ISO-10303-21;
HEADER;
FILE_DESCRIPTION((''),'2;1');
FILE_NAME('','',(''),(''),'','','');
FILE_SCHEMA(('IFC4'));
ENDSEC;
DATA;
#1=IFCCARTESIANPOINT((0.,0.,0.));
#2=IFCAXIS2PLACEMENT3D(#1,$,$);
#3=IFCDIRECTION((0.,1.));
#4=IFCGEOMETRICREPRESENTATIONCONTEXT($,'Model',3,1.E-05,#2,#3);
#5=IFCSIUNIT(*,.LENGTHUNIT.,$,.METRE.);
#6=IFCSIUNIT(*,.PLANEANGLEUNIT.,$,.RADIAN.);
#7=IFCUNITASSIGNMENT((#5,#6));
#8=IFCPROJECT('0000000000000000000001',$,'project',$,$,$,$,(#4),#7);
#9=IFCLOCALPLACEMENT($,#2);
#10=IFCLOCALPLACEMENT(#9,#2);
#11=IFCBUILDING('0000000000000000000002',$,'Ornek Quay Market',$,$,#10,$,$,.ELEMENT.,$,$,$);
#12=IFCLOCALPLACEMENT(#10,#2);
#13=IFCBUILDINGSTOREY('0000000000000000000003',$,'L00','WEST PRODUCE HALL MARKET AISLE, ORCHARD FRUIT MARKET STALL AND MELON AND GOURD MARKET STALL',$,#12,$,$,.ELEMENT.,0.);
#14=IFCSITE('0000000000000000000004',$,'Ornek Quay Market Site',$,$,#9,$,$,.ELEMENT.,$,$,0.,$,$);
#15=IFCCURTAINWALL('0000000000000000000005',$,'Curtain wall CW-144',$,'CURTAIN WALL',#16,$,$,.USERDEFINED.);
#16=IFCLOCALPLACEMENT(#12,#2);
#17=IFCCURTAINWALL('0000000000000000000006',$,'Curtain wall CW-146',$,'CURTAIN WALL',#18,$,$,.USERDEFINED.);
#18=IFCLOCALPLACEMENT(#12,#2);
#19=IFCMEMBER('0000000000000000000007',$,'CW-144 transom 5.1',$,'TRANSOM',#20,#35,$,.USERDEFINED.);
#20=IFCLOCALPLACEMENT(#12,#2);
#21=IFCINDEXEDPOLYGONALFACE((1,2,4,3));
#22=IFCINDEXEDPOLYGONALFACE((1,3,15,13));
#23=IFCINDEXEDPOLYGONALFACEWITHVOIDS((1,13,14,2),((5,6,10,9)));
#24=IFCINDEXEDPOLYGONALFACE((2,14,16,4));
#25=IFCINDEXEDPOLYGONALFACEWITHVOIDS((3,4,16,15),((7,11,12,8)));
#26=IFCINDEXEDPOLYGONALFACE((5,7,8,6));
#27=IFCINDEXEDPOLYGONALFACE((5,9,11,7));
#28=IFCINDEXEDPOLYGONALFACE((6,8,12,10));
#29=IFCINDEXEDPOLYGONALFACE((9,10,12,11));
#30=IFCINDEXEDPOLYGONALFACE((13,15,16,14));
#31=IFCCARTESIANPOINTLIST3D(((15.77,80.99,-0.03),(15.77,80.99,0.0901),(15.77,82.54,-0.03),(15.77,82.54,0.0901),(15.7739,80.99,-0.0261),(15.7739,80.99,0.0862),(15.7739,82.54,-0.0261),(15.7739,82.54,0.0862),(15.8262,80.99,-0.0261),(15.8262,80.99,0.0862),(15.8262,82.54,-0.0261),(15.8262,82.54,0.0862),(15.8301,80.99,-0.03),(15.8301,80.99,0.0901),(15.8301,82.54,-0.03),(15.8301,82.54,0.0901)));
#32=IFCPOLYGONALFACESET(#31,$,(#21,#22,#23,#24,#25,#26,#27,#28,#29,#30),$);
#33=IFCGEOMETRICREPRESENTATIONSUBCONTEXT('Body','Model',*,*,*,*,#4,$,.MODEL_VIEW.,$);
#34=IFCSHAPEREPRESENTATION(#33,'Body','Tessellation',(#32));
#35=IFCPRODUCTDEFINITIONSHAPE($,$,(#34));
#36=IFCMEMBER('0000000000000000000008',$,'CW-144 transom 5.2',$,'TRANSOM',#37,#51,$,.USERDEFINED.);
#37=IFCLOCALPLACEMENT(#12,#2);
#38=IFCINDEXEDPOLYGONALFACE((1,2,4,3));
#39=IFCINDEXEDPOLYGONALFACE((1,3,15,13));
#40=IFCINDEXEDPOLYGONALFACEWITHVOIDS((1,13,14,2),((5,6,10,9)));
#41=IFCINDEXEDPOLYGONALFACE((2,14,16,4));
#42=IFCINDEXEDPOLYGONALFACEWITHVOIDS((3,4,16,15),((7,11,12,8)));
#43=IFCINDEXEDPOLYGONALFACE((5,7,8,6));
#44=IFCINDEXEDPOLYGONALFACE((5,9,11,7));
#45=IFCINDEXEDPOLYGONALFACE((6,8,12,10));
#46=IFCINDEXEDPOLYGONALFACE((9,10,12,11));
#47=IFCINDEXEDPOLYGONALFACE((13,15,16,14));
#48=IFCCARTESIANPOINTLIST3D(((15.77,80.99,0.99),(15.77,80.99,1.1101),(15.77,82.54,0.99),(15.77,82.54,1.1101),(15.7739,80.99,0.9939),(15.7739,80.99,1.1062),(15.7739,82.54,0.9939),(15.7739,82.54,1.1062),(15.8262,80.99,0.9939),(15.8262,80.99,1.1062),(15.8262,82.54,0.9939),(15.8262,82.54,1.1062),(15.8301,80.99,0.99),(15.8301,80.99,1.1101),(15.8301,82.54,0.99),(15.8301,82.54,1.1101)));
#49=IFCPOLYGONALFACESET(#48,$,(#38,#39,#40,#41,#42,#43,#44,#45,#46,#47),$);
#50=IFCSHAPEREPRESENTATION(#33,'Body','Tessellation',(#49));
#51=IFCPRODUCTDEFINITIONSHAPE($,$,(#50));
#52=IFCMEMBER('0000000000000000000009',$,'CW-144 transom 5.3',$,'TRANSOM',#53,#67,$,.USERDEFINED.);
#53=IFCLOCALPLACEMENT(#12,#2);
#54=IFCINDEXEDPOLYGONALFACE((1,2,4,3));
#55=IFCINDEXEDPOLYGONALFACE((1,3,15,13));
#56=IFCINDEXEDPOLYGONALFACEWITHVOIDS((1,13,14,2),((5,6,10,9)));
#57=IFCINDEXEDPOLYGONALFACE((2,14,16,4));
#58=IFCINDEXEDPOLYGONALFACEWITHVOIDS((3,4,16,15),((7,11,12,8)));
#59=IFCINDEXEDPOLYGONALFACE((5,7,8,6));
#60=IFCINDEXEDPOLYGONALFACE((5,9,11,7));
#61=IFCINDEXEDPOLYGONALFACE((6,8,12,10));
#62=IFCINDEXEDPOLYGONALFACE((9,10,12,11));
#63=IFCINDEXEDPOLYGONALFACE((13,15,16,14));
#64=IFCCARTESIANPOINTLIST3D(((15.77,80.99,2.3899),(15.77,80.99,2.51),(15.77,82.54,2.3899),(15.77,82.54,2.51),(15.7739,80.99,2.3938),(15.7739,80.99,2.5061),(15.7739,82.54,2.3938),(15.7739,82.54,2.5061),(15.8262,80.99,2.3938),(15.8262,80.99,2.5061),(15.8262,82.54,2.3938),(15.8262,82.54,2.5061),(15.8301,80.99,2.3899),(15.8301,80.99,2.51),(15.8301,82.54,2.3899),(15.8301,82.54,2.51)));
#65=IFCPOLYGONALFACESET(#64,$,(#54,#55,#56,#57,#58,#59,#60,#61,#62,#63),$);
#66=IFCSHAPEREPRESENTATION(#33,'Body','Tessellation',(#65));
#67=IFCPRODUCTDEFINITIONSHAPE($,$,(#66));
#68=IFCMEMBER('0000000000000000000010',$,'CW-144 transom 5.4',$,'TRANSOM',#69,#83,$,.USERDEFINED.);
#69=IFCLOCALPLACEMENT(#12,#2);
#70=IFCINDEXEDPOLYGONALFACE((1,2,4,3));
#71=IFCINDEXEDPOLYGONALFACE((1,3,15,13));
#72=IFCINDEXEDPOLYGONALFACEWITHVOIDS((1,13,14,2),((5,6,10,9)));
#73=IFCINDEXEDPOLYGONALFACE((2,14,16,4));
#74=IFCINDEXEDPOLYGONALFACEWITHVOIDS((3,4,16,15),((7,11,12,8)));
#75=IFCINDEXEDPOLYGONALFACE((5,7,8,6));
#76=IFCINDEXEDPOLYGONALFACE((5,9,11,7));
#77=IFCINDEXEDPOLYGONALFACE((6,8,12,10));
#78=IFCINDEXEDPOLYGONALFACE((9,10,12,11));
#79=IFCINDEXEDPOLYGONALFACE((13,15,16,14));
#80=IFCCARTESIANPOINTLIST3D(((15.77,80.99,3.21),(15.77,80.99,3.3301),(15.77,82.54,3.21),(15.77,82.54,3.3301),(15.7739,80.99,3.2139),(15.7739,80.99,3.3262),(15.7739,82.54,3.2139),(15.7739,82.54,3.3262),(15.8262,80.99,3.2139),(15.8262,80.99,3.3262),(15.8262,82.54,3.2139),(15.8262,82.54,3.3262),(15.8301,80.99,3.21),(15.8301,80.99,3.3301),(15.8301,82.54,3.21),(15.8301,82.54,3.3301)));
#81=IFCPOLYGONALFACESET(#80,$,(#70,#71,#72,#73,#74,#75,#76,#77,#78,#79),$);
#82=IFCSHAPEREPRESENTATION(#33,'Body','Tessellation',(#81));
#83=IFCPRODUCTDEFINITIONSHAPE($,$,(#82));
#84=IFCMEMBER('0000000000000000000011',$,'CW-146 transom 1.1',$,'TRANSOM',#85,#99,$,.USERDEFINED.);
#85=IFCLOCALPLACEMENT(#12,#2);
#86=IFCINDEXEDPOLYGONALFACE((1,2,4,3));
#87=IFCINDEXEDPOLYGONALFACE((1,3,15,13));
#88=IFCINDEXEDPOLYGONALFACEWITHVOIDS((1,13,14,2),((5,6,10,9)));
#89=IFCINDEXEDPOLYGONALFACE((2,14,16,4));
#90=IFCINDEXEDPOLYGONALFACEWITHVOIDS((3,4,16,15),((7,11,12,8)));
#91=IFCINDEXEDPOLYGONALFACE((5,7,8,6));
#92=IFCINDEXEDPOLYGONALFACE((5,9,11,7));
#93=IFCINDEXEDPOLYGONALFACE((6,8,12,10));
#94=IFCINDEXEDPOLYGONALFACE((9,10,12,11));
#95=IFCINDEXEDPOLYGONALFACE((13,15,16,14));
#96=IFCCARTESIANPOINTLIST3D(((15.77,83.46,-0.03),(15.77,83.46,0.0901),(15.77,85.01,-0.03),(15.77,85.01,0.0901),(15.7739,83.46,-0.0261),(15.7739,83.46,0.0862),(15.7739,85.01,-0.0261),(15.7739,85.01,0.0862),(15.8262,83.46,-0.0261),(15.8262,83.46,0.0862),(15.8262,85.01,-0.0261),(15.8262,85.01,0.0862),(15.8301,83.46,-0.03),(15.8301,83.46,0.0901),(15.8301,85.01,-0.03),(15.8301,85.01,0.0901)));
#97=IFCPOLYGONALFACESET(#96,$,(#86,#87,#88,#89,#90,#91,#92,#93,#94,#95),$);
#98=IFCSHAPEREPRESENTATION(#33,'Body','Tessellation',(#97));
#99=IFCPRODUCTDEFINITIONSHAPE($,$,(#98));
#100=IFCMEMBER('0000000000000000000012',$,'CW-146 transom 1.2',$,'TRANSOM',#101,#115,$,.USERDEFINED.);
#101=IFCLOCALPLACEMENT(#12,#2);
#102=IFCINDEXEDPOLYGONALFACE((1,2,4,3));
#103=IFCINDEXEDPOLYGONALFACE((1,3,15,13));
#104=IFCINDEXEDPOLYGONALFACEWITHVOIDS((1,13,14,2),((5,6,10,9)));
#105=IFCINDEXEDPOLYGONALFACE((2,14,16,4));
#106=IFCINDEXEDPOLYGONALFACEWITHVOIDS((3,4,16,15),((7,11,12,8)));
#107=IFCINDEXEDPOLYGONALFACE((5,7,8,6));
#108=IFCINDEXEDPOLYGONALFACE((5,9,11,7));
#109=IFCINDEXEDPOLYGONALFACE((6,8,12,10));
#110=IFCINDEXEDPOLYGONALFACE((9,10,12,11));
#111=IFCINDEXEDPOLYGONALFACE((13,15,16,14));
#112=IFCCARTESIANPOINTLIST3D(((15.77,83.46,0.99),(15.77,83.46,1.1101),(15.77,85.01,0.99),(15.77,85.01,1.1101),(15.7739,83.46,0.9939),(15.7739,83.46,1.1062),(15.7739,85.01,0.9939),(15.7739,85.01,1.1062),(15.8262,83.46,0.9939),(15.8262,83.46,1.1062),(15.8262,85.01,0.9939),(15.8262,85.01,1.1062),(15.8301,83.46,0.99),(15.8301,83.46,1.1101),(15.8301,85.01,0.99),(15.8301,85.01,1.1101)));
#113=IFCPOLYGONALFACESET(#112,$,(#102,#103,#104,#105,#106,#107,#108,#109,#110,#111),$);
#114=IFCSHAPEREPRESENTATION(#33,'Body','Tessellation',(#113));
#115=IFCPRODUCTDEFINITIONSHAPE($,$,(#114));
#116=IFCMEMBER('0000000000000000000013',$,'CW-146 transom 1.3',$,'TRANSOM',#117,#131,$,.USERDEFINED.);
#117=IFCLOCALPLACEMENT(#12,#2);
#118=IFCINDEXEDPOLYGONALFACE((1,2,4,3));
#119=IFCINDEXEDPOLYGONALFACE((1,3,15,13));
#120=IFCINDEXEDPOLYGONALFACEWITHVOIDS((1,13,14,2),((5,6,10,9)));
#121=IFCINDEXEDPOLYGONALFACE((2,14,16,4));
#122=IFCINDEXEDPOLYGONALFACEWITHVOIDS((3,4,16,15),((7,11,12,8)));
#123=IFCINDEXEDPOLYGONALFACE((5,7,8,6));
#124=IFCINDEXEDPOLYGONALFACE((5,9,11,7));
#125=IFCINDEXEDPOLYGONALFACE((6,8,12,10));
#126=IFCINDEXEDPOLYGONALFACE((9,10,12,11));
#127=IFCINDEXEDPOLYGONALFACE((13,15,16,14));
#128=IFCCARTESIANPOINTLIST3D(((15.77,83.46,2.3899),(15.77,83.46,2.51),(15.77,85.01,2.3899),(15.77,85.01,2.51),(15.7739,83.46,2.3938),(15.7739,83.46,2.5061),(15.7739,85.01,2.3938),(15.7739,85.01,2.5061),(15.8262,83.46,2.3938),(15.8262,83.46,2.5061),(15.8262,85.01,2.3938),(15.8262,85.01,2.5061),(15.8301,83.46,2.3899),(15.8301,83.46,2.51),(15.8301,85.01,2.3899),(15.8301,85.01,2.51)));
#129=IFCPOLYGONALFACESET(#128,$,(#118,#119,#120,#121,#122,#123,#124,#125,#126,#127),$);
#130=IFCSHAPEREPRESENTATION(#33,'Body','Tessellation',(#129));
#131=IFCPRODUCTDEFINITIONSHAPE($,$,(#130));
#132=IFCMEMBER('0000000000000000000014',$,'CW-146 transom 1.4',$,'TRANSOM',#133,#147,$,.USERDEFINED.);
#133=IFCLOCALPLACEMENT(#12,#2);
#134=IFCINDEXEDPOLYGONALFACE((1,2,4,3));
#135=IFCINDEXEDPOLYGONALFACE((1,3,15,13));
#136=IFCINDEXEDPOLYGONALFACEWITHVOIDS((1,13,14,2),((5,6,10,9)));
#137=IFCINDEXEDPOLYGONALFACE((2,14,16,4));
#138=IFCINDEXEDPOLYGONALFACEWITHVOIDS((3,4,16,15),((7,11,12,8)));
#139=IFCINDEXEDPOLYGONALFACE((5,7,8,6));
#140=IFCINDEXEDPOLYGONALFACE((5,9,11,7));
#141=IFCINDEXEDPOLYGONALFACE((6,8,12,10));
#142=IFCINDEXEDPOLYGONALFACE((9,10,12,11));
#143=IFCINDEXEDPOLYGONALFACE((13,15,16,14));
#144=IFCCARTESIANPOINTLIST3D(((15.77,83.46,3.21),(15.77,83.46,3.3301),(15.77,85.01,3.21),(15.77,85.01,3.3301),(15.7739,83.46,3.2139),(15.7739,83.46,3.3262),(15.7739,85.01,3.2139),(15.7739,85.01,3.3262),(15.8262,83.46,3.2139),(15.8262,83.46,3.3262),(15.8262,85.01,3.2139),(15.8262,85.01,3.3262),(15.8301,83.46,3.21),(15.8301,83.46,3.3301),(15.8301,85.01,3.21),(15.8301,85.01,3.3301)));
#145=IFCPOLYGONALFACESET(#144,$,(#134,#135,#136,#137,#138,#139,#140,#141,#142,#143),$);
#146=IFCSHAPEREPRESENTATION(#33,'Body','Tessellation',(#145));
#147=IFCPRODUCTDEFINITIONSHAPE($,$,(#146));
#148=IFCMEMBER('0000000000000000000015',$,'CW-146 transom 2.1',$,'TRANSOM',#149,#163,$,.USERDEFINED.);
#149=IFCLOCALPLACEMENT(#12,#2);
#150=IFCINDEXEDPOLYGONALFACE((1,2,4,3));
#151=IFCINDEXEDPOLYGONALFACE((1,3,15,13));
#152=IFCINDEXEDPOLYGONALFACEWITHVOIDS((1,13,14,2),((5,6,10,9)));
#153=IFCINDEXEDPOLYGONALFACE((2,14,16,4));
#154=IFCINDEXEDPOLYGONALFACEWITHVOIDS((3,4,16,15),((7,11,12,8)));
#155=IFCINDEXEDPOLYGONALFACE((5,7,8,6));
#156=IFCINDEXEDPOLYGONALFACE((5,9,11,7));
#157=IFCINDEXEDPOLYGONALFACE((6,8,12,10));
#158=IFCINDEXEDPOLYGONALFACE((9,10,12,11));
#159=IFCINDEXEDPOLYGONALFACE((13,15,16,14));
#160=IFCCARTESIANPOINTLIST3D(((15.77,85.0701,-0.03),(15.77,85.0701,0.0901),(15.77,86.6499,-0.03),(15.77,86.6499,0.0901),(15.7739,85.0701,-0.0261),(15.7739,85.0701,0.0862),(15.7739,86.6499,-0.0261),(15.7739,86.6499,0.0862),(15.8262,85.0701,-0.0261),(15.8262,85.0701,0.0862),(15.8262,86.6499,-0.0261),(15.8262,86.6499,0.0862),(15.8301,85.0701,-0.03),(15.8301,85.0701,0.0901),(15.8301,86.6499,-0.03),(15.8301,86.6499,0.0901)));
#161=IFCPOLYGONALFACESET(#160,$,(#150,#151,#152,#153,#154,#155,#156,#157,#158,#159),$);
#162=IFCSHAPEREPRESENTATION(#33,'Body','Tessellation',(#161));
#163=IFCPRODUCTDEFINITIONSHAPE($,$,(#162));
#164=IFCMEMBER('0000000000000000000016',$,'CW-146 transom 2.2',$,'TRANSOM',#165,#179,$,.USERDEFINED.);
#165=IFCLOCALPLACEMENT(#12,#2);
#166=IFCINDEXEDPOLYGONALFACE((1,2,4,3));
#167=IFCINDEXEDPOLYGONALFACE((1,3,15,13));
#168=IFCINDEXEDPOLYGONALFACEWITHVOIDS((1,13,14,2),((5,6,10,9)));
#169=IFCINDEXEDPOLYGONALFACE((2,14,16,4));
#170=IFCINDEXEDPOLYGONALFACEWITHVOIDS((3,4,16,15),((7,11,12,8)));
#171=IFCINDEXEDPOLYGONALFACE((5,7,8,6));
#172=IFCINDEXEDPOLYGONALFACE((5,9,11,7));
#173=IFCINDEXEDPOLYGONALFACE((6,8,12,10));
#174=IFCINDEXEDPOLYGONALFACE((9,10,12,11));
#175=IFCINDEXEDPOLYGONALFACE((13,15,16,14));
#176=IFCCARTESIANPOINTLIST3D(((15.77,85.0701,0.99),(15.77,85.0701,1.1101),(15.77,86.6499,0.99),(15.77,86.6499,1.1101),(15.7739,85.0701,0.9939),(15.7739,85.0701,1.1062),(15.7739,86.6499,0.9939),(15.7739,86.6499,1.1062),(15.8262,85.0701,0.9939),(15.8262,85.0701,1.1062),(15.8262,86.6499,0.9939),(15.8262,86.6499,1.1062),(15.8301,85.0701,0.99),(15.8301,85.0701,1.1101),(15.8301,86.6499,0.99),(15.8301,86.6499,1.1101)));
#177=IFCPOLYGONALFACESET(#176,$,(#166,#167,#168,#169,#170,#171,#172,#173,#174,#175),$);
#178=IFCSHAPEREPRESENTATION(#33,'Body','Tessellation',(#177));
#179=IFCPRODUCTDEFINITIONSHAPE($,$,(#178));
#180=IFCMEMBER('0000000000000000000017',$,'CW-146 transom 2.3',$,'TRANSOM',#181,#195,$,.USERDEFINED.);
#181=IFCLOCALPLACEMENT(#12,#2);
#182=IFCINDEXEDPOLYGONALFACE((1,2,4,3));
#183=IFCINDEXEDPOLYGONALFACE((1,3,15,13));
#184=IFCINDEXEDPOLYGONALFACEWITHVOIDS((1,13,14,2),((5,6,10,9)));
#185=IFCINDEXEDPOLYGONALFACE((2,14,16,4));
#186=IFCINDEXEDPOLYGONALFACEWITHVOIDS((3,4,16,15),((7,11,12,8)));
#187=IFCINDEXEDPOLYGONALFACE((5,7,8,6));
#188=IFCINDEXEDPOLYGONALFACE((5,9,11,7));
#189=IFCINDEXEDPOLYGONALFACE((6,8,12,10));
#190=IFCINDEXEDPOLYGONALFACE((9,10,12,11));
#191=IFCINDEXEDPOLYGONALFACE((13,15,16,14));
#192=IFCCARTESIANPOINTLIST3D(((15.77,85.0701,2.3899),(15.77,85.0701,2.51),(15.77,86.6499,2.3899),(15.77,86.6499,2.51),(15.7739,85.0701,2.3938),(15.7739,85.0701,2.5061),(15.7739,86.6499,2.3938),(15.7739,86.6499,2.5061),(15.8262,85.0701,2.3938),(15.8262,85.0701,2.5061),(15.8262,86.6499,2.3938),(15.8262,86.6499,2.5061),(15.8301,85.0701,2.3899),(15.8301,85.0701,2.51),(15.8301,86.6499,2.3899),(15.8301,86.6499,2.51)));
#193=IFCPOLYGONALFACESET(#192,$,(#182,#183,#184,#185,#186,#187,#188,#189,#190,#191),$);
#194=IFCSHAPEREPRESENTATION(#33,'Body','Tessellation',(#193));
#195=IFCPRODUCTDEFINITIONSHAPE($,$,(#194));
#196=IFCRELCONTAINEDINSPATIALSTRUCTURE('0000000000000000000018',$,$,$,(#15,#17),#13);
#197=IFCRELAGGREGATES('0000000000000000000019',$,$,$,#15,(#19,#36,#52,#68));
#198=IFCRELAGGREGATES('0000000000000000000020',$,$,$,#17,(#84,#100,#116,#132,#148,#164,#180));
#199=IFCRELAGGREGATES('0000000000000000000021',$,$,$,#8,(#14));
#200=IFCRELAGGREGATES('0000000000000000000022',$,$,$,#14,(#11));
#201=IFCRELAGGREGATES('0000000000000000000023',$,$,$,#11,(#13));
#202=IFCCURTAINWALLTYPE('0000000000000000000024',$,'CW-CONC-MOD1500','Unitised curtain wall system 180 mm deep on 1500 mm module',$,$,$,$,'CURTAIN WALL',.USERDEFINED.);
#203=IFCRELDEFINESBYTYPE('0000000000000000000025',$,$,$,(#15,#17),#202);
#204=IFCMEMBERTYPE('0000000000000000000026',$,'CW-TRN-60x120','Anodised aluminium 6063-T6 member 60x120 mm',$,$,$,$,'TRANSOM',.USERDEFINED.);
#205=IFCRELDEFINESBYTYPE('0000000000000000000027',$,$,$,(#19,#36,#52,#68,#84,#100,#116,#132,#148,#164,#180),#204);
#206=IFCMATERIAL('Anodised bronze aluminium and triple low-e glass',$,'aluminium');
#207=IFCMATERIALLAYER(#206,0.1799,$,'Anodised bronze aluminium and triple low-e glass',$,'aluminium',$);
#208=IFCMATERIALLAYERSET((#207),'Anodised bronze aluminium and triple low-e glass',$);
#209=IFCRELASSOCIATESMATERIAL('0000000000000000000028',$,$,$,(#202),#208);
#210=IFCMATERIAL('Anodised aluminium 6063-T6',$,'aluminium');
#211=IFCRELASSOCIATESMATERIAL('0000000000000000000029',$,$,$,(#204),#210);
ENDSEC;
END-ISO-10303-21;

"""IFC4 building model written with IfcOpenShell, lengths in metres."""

from ifc_helpers import new_model, si_unit, direction, frame, origin, origin_2d, place, context, subcontext, project, spatial, hollow_rectangle, extrude, material, layer, layer_set, material_profile, profile_set, type_object, element, aggregate, save


model = new_model("IFC4")

# Units and contexts
model_context = context("Model", 3, precision=1e-05, world=origin(), true_north=direction((0.0, 1.0)))
body_context = subcontext(model_context, "Body", "Model", "MODEL_VIEW")
ifc_project = project(units=[si_unit("LENGTHUNIT", "METRE"), si_unit("PLANEANGLEUNIT", "RADIAN")], contexts=[model_context])

# Site, building, storey
site_placement = place(None, origin())
site = spatial("IfcSite", under=ifc_project, at=site_placement, Name="Ornek Quay Market Site", CompositionType="ELEMENT", RefElevation=0.0)
building_placement = place(site_placement, origin())
building = spatial("IfcBuilding", under=site, at=building_placement, Name="Ornek Quay Market", CompositionType="ELEMENT")
storey_placement = place(building_placement, origin())
storey = spatial("IfcBuildingStorey", under=building, at=storey_placement, Name="L00", Description="WEST PRODUCE HALL MARKET AISLE, ORCHARD FRUIT MARKET STALL AND MELON AND GOURD MARKET STALL", CompositionType="ELEMENT", Elevation=0.0)

# Curtain walls
ifc_material_1 = material(Name="Anodised bronze aluminium and triple low-e glass", Category="aluminium")
ifc_layer_1 = layer(ifc_material_1, 0.1799, Name="Anodised bronze aluminium and triple low-e glass", Category="aluminium")
ifc_layer_set_1 = layer_set([ifc_layer_1], Name="Anodised bronze aluminium and triple low-e glass")
curtain_wall_type = type_object("IfcCurtainWallType", Name="CW-CONC-MOD1500", Description="Unitised curtain wall system 180 mm deep on 1500 mm module", ElementType="CURTAIN WALL", PredefinedType="USERDEFINED", material=ifc_layer_set_1)
curtain_wall_1_placement = place(storey_placement, origin())
curtain_wall_1 = element("IfcCurtainWall", 1, at=curtain_wall_1_placement, inside=storey, type_object=curtain_wall_type, Name="Curtain wall CW-144", ObjectType="CURTAIN WALL", PredefinedType="USERDEFINED")
ifc_material_2 = material(Name="Anodised aluminium 6063-T6", Category="aluminium")
curtain_wall_2_placement = place(storey_placement, origin())
curtain_wall_2 = element("IfcCurtainWall", 2, at=curtain_wall_2_placement, inside=storey, type_object=curtain_wall_type, Name="Curtain wall CW-146", ObjectType="CURTAIN WALL", PredefinedType="USERDEFINED")

# Members
ifc_material_profile_1 = material_profile(ifc_material_2, hollow_rectangle(XDim=0.0601, YDim=0.1201, WallThickness=0.0039, at=origin_2d()), Name="CW-TRN-60x120", Category="aluminium")
ifc_profile_set_1 = profile_set([ifc_material_profile_1], Name="Anodised aluminium 6063-T6")
member_type_1 = type_object("IfcMemberType", Name="CW-TRN-60x120", Description="Anodised aluminium 6063-T6 member 60x120 mm", ElementType="TRANSOM", PredefinedType="USERDEFINED", material=ifc_profile_set_1)
member_1_placement = place(storey_placement, frame((15.8, 80.99, 0.03), z_axis=(0.0, 1.0, 0.0), x_axis=(-1.0, 0.0, 0.0)))
member_1 = element("IfcMember", 3, at=member_1_placement, type_object=member_type_1, Name="CW-144 transom 5.1", ObjectType="TRANSOM", PredefinedType="USERDEFINED", context=body_context, shape_type="SweptSolid", body=[
    extrude(hollow_rectangle(XDim=0.0601, YDim=0.1201, WallThickness=0.0039, at=origin_2d()), origin(), (0.0, 0.0, 1.0), 1.55),
])
member_2_placement = place(storey_placement, frame((15.8, 80.99, 1.05), z_axis=(0.0, 1.0, 0.0), x_axis=(-1.0, 0.0, 0.0)))
member_2 = element("IfcMember", 4, at=member_2_placement, type_object=member_type_1, Name="CW-144 transom 5.2", ObjectType="TRANSOM", PredefinedType="USERDEFINED", context=body_context, shape_type="SweptSolid", body=[
    extrude(hollow_rectangle(XDim=0.0601, YDim=0.1201, WallThickness=0.0039, at=origin_2d()), origin(), (0.0, 0.0, 1.0), 1.55),
])
member_3_placement = place(storey_placement, frame((15.8, 80.99, 2.45), z_axis=(0.0, 1.0, 0.0), x_axis=(-1.0, 0.0, 0.0)))
member_3 = element("IfcMember", 5, at=member_3_placement, type_object=member_type_1, Name="CW-144 transom 5.3", ObjectType="TRANSOM", PredefinedType="USERDEFINED", context=body_context, shape_type="SweptSolid", body=[
    extrude(hollow_rectangle(XDim=0.0601, YDim=0.1201, WallThickness=0.0039, at=origin_2d()), origin(), (0.0, 0.0, 1.0), 1.55),
])
member_4_placement = place(storey_placement, frame((15.8, 80.99, 3.27), z_axis=(0.0, 1.0, 0.0), x_axis=(-1.0, 0.0, 0.0)))
member_4 = element("IfcMember", 6, at=member_4_placement, type_object=member_type_1, Name="CW-144 transom 5.4", ObjectType="TRANSOM", PredefinedType="USERDEFINED", context=body_context, shape_type="SweptSolid", body=[
    extrude(hollow_rectangle(XDim=0.0601, YDim=0.1201, WallThickness=0.0039, at=origin_2d()), origin(), (0.0, 0.0, 1.0), 1.55),
])
member_5_placement = place(storey_placement, frame((15.8, 83.46, 0.03), z_axis=(0.0, 1.0, 0.0), x_axis=(-1.0, 0.0, 0.0)))
member_5 = element("IfcMember", 7, at=member_5_placement, type_object=member_type_1, Name="CW-146 transom 1.1", ObjectType="TRANSOM", PredefinedType="USERDEFINED", context=body_context, shape_type="SweptSolid", body=[
    extrude(hollow_rectangle(XDim=0.0601, YDim=0.1201, WallThickness=0.0039, at=origin_2d()), origin(), (0.0, 0.0, 1.0), 1.55),
])
member_6_placement = place(storey_placement, frame((15.8, 83.46, 1.05), z_axis=(0.0, 1.0, 0.0), x_axis=(-1.0, 0.0, 0.0)))
member_6 = element("IfcMember", 8, at=member_6_placement, type_object=member_type_1, Name="CW-146 transom 1.2", ObjectType="TRANSOM", PredefinedType="USERDEFINED", context=body_context, shape_type="SweptSolid", body=[
    extrude(hollow_rectangle(XDim=0.0601, YDim=0.1201, WallThickness=0.0039, at=origin_2d()), origin(), (0.0, 0.0, 1.0), 1.55),
])
member_7_placement = place(storey_placement, frame((15.8, 83.46, 2.45), z_axis=(0.0, 1.0, 0.0), x_axis=(-1.0, 0.0, 0.0)))
member_7 = element("IfcMember", 9, at=member_7_placement, type_object=member_type_1, Name="CW-146 transom 1.3", ObjectType="TRANSOM", PredefinedType="USERDEFINED", context=body_context, shape_type="SweptSolid", body=[
    extrude(hollow_rectangle(XDim=0.0601, YDim=0.1201, WallThickness=0.0039, at=origin_2d()), origin(), (0.0, 0.0, 1.0), 1.55),
])
member_8_placement = place(storey_placement, frame((15.8, 83.46, 3.27), z_axis=(0.0, 1.0, 0.0), x_axis=(-1.0, 0.0, 0.0)))
member_8 = element("IfcMember", 10, at=member_8_placement, type_object=member_type_1, Name="CW-146 transom 1.4", ObjectType="TRANSOM", PredefinedType="USERDEFINED", context=body_context, shape_type="SweptSolid", body=[
    extrude(hollow_rectangle(XDim=0.0601, YDim=0.1201, WallThickness=0.0039, at=origin_2d()), origin(), (0.0, 0.0, 1.0), 1.55),
])
member_9_placement = place(storey_placement, frame((15.8, 85.0701, 0.03), z_axis=(0.0, 1.0, 0.0), x_axis=(-1.0, 0.0, 0.0)))
member_9 = element("IfcMember", 11, at=member_9_placement, type_object=member_type_1, Name="CW-146 transom 2.1", ObjectType="TRANSOM", PredefinedType="USERDEFINED", context=body_context, shape_type="SweptSolid", body=[
    extrude(hollow_rectangle(XDim=0.0601, YDim=0.1201, WallThickness=0.0039, at=origin_2d()), origin(), (0.0, 0.0, 1.0), 1.5798),
])
member_10_placement = place(storey_placement, frame((15.8, 85.0701, 1.05), z_axis=(0.0, 1.0, 0.0), x_axis=(-1.0, 0.0, 0.0)))
member_10 = element("IfcMember", 12, at=member_10_placement, type_object=member_type_1, Name="CW-146 transom 2.2", ObjectType="TRANSOM", PredefinedType="USERDEFINED", context=body_context, shape_type="SweptSolid", body=[
    extrude(hollow_rectangle(XDim=0.0601, YDim=0.1201, WallThickness=0.0039, at=origin_2d()), origin(), (0.0, 0.0, 1.0), 1.5798),
])
member_11_placement = place(storey_placement, frame((15.8, 85.0701, 2.45), z_axis=(0.0, 1.0, 0.0), x_axis=(-1.0, 0.0, 0.0)))
member_11 = element("IfcMember", 13, at=member_11_placement, type_object=member_type_1, Name="CW-146 transom 2.3", ObjectType="TRANSOM", PredefinedType="USERDEFINED", context=body_context, shape_type="SweptSolid", body=[
    extrude(hollow_rectangle(XDim=0.0601, YDim=0.1201, WallThickness=0.0039, at=origin_2d()), origin(), (0.0, 0.0, 1.0), 1.5798),
])

aggregate(curtain_wall_1, [member_1, member_2, member_3, member_4])
aggregate(curtain_wall_2, [member_5, member_6, member_7, member_8, member_9, member_10, member_11])

save(model, "model.ifc")
